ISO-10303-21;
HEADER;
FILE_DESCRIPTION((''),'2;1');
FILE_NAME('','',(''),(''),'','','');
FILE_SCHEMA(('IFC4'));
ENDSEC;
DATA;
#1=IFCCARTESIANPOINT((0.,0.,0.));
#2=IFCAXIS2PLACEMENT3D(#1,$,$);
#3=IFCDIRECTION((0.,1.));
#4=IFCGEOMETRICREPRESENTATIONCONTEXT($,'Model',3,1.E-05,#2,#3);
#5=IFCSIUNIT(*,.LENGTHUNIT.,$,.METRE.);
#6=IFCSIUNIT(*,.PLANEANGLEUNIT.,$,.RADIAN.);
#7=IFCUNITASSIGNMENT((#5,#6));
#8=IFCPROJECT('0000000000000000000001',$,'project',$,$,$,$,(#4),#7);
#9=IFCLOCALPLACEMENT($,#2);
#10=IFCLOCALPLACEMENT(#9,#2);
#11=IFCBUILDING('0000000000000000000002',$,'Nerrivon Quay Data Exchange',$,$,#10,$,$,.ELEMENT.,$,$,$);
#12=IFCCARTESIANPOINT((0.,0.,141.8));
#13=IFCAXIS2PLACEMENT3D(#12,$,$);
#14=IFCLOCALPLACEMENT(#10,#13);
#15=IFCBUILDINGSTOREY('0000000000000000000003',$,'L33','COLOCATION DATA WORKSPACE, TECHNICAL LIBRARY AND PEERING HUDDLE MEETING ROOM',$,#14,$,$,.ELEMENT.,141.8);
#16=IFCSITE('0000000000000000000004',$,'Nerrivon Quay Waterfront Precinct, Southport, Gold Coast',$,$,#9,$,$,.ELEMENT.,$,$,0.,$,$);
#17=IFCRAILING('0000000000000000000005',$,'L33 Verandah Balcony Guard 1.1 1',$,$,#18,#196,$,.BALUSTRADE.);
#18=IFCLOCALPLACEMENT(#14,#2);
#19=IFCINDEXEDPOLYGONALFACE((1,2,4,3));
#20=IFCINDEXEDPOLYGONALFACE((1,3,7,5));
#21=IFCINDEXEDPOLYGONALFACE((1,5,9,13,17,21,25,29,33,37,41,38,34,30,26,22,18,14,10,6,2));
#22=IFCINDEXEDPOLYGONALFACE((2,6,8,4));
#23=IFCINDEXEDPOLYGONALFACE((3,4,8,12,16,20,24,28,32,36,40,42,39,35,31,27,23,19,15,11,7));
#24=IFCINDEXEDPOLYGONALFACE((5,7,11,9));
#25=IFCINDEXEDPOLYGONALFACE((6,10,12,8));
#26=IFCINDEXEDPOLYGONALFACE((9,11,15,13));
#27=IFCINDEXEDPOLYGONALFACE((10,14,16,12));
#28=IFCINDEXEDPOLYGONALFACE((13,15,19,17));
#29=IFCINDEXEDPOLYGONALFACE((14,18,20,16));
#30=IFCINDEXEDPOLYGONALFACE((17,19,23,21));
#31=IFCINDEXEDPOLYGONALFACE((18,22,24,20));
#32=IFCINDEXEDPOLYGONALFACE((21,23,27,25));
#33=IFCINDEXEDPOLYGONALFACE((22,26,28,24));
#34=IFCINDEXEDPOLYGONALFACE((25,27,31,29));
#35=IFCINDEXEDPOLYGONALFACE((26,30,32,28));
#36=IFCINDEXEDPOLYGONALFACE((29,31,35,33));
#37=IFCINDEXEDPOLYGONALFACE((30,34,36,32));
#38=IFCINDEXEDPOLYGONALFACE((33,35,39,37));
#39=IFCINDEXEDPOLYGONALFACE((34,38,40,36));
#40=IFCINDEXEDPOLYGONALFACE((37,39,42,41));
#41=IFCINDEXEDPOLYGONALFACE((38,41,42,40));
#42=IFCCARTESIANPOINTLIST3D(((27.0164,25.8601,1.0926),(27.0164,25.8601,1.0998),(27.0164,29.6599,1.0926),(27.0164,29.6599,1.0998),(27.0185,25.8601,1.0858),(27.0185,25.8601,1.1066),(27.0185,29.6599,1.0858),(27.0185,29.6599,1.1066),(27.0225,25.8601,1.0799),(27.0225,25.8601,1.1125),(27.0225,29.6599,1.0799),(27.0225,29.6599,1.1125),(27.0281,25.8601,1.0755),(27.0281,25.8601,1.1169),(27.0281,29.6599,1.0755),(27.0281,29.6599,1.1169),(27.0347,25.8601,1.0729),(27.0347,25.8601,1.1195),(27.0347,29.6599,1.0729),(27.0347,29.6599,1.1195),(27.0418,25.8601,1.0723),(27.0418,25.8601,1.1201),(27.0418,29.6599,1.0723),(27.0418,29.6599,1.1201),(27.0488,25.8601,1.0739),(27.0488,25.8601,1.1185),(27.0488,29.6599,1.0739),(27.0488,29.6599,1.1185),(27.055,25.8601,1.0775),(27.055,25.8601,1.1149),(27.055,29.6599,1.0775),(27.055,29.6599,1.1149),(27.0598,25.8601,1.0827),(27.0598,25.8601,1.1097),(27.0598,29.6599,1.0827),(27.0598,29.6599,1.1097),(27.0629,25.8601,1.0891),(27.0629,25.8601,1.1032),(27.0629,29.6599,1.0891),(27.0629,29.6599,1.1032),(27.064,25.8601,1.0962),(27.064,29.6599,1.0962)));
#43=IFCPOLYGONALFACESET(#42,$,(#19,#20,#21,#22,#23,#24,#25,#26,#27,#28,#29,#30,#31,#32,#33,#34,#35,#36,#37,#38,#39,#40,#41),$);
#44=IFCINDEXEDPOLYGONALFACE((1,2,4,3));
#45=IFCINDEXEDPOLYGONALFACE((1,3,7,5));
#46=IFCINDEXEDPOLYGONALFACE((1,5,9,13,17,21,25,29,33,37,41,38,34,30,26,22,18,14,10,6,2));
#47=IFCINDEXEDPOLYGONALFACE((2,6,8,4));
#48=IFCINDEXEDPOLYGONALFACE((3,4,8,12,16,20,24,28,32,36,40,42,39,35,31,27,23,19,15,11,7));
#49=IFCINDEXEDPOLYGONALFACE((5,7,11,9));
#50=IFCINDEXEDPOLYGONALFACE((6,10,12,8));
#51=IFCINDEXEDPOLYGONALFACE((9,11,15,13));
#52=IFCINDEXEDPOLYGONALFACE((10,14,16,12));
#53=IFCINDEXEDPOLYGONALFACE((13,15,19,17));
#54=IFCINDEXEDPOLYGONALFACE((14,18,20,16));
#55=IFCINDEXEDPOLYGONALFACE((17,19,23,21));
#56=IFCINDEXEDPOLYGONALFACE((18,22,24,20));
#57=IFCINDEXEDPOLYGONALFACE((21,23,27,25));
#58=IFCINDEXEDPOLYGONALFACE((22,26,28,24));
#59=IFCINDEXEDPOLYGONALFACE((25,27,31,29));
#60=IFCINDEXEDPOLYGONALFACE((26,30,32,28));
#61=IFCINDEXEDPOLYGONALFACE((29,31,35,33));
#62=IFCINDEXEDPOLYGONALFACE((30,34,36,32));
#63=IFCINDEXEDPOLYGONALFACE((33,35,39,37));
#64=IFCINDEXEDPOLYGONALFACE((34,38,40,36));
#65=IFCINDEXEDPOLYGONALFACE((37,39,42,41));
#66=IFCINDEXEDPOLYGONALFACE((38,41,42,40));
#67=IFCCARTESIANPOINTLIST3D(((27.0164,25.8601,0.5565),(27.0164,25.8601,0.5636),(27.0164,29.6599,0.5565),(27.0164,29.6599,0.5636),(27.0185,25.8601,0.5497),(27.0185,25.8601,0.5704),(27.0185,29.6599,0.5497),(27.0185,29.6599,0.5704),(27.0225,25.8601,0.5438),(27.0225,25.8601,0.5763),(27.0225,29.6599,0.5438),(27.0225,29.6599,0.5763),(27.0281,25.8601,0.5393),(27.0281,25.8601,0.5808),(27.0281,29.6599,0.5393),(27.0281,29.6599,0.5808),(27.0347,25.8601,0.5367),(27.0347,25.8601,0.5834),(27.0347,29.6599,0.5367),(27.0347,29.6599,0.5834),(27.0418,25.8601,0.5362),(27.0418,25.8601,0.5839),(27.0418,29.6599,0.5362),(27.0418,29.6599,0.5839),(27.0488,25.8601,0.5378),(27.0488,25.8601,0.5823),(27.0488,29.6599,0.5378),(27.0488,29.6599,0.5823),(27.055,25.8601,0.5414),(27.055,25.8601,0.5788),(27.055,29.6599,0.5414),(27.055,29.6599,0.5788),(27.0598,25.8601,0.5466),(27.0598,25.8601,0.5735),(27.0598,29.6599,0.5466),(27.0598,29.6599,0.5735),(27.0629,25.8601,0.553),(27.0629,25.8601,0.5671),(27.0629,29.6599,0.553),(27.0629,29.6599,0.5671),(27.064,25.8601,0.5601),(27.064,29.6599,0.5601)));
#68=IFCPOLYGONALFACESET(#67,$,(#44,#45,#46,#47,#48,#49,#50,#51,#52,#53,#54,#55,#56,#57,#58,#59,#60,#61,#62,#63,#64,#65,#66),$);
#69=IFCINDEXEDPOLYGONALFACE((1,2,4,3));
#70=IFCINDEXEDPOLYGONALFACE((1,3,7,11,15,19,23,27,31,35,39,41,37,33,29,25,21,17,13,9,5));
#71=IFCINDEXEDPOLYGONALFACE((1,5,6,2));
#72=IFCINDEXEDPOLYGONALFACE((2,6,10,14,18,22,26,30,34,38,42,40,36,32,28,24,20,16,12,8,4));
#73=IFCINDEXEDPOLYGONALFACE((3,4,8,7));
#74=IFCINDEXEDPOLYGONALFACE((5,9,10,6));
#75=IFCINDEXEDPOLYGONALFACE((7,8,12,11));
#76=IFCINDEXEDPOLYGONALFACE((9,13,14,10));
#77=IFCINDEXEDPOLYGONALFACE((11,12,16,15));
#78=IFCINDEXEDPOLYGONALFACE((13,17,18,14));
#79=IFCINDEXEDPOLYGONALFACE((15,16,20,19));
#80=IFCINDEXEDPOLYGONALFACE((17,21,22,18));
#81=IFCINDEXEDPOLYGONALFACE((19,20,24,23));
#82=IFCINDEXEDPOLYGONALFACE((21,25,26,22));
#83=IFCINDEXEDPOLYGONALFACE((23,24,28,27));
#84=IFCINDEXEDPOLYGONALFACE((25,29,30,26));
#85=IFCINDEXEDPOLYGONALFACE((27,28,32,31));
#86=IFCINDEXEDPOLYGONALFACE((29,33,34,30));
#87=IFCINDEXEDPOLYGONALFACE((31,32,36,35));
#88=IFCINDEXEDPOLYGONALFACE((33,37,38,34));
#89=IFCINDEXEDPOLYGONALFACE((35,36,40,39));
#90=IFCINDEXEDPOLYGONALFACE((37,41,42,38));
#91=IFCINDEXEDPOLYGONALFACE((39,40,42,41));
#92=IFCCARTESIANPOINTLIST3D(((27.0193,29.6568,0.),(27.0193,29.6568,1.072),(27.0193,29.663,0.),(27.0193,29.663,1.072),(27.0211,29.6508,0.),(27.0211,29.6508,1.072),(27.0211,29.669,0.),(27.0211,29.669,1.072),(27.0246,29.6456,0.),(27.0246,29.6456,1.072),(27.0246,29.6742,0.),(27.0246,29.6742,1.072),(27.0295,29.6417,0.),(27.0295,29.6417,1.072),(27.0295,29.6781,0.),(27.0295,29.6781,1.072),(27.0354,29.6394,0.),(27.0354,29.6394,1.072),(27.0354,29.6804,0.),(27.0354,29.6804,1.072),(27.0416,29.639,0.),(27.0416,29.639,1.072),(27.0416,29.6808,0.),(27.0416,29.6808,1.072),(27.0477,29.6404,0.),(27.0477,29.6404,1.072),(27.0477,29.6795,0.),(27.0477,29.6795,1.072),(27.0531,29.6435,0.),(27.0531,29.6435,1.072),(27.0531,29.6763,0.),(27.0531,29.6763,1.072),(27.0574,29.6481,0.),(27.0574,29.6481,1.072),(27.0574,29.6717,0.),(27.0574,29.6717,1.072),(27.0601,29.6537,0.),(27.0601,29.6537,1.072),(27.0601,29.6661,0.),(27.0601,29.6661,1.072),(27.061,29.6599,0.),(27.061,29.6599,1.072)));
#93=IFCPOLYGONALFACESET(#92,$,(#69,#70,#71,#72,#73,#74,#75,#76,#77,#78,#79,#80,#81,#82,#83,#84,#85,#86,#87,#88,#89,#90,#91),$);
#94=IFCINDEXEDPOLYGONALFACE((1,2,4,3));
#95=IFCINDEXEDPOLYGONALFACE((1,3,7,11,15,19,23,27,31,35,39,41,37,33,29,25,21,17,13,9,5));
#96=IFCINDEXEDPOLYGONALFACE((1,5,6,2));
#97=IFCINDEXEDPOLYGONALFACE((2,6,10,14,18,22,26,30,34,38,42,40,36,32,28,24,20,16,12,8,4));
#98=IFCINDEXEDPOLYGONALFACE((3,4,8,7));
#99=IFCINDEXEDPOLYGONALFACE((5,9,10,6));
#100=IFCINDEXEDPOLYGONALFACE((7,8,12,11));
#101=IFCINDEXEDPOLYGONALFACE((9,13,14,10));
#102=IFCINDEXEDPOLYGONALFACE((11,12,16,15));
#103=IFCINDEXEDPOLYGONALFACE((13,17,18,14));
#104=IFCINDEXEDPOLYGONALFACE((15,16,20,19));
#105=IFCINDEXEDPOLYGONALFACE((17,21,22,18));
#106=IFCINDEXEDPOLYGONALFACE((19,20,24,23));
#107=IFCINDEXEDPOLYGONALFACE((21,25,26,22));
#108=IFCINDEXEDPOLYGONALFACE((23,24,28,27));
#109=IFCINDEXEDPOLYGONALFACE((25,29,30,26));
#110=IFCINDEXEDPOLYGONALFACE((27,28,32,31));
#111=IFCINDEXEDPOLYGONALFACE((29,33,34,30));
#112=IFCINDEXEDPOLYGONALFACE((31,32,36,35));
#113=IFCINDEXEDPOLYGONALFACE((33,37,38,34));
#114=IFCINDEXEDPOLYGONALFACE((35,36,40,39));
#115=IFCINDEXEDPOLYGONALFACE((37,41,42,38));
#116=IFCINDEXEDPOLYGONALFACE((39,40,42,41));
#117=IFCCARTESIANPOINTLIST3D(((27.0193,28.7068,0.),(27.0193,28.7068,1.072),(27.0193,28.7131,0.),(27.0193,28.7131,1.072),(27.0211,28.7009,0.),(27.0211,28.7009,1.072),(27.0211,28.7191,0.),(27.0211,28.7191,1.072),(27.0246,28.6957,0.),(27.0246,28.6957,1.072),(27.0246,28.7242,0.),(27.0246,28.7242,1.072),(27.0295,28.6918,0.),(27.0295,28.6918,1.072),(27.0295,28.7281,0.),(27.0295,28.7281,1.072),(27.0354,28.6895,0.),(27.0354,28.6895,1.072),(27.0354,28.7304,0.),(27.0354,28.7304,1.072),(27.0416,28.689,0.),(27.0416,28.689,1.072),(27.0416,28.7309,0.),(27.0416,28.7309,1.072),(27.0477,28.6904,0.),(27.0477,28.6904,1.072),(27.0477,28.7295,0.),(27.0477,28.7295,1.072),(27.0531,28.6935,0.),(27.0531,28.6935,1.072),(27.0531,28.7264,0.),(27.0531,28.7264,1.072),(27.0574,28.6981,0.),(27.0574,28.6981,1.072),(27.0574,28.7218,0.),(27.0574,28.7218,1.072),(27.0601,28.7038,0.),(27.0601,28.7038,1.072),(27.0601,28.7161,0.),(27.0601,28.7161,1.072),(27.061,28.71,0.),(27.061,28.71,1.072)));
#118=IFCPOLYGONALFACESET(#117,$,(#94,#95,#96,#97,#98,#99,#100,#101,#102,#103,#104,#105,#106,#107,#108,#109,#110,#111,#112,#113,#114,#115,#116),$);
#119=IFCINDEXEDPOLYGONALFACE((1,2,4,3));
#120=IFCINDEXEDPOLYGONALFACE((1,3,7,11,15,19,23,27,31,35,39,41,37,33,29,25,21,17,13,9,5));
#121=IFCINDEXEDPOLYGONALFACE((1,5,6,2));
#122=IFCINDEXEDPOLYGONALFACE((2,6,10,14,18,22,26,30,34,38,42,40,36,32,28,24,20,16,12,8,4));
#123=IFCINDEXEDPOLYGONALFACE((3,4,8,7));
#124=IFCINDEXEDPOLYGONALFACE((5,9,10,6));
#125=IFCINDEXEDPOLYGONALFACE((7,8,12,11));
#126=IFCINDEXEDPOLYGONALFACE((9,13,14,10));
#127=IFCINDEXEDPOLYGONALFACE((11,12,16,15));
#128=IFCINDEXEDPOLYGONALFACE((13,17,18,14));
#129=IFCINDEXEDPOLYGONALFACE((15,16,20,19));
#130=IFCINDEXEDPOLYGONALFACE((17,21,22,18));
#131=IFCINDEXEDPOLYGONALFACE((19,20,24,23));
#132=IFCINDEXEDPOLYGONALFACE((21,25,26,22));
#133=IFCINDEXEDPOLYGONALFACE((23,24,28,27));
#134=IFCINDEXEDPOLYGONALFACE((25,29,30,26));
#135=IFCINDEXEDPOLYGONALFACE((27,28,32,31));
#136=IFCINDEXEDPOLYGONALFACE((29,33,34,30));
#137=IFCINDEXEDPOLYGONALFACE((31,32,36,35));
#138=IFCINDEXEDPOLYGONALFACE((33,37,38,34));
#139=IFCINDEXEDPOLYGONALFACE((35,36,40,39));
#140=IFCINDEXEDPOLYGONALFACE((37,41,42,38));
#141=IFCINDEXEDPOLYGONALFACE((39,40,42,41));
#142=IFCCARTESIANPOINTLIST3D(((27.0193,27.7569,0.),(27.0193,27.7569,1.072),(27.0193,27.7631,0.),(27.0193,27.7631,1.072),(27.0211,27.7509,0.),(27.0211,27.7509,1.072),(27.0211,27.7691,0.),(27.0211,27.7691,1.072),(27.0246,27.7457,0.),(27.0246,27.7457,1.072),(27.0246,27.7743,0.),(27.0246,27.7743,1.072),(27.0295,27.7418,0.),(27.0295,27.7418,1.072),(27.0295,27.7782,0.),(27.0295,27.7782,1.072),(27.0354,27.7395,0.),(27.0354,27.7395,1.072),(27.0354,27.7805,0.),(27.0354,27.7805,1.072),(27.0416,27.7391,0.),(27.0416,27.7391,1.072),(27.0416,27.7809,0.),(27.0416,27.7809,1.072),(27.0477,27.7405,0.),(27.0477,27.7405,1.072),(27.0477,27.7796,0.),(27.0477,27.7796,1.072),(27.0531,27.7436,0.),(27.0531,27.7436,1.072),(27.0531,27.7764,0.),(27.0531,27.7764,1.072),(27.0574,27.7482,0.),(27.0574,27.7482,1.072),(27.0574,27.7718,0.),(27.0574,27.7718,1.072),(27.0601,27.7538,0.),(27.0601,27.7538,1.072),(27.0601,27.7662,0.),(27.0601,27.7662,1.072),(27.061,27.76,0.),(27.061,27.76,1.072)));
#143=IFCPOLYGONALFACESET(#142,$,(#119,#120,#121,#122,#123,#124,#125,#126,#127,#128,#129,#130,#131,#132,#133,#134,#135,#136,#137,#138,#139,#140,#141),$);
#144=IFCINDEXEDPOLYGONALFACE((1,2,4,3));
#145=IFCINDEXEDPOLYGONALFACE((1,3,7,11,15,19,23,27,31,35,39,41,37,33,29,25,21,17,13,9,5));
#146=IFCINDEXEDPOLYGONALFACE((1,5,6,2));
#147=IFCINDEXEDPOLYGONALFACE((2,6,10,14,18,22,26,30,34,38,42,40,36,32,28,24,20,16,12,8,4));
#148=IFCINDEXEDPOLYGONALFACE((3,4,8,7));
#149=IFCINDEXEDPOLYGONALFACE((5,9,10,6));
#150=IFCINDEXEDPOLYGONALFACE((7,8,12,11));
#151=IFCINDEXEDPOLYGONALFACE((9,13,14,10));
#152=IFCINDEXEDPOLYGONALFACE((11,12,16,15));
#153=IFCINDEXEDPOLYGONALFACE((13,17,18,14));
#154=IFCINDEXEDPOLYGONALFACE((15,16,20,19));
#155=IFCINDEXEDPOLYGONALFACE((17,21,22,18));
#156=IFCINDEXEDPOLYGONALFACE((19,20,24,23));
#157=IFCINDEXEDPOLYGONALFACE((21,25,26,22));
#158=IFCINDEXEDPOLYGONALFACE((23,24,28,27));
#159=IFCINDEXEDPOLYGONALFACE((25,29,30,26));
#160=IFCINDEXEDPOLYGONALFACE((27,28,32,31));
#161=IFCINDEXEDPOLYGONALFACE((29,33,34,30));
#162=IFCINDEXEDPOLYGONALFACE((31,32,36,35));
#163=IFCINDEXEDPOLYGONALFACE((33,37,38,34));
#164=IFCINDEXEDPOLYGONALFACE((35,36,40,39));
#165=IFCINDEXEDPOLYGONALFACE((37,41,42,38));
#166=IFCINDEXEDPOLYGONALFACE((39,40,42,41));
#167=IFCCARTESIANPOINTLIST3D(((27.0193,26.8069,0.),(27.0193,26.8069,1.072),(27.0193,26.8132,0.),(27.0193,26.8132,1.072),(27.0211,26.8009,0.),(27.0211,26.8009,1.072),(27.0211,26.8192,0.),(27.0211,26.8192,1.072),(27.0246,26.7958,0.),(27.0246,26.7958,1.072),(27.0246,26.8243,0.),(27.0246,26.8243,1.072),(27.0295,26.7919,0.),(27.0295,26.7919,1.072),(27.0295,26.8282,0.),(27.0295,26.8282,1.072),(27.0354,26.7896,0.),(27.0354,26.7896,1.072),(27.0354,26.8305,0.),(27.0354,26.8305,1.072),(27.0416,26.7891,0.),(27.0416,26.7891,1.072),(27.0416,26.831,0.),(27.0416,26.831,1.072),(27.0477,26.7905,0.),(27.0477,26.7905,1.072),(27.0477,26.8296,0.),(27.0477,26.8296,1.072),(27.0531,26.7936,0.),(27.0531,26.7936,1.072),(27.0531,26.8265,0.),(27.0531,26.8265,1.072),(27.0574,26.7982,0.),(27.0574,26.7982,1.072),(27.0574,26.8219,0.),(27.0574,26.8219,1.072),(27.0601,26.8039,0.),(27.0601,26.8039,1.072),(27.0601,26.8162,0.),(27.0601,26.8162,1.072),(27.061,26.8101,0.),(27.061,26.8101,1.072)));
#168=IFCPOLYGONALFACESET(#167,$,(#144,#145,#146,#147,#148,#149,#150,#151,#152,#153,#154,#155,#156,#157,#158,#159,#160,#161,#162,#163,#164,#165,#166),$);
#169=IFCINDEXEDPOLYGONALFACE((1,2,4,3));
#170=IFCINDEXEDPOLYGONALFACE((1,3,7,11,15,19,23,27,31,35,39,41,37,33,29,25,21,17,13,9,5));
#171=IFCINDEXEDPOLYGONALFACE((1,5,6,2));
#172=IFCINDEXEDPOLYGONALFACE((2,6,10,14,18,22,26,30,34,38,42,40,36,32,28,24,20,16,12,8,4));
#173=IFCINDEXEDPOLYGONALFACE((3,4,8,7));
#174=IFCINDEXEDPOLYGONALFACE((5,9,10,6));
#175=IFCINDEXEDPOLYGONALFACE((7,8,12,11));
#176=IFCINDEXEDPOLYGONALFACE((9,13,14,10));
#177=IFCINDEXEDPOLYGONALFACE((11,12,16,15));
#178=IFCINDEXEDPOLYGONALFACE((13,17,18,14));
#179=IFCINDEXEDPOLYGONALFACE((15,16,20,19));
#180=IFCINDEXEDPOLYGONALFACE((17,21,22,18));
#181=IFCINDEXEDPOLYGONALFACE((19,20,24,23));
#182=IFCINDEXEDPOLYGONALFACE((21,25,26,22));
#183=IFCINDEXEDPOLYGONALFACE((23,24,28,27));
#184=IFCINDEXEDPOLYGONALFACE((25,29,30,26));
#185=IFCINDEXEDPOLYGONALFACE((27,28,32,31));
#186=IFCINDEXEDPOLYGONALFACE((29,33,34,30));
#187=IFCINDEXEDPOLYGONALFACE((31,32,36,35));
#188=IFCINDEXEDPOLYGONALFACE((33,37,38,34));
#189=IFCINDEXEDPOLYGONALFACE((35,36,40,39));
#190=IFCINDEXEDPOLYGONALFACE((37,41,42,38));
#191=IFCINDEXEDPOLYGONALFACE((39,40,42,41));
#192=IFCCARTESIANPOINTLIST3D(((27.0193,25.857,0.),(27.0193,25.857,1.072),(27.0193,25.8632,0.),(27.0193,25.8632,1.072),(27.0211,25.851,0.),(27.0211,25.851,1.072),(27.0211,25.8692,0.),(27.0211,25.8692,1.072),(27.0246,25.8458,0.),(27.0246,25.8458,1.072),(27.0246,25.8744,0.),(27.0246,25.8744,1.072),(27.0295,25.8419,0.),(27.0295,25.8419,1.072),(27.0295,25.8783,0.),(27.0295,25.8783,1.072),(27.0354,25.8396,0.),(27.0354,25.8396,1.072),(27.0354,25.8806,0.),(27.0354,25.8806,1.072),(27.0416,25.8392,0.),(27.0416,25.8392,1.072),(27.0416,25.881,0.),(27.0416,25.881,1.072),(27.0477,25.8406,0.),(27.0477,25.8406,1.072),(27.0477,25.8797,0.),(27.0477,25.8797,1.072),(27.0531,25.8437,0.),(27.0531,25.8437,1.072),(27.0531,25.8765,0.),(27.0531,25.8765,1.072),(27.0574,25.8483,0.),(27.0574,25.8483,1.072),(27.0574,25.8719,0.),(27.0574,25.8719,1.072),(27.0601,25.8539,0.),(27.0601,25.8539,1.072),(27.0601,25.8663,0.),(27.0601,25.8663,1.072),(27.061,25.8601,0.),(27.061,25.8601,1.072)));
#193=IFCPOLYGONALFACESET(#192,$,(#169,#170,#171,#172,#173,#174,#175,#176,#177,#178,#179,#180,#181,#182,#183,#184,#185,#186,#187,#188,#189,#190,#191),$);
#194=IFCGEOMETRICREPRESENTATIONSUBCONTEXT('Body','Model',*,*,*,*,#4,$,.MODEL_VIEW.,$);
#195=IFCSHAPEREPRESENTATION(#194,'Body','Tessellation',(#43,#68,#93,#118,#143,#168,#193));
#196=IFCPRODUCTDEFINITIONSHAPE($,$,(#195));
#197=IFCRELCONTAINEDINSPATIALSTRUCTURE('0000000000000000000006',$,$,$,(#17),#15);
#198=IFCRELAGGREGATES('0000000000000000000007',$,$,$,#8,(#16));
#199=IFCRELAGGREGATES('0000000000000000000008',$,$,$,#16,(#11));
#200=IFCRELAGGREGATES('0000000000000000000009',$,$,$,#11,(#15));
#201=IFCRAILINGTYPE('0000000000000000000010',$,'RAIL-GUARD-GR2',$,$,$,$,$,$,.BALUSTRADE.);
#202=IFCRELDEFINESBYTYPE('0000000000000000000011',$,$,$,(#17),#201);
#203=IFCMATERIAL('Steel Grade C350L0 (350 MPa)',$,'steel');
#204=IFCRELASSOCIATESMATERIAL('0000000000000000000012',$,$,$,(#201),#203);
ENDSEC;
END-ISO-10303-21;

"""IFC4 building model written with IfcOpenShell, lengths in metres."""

from ifc_helpers import new_model, si_unit, direction, frame, origin, origin_2d, place, context, subcontext, project, spatial, circle, extrude, material, type_object, element, save


model = new_model("IFC4")

# Units and contexts
model_context = context("Model", 3, precision=1e-05, world=origin(), true_north=direction((0.0, 1.0)))
body_context = subcontext(model_context, "Body", "Model", "MODEL_VIEW")
ifc_project = project(units=[si_unit("LENGTHUNIT", "METRE"), si_unit("PLANEANGLEUNIT", "RADIAN")], contexts=[model_context])

# Site, building, storey
site_placement = place(None, origin())
site = spatial("IfcSite", under=ifc_project, at=site_placement, Name="Nerrivon Quay Waterfront Precinct, Southport, Gold Coast", CompositionType="ELEMENT", RefElevation=0.0)
building_placement = place(site_placement, origin())
building = spatial("IfcBuilding", under=site, at=building_placement, Name="Nerrivon Quay Data Exchange", CompositionType="ELEMENT")
storey_placement = place(building_placement, frame((0.0, 0.0, 141.8)))
storey = spatial("IfcBuildingStorey", under=building, at=storey_placement, Name="L33", Description="COLOCATION DATA WORKSPACE, TECHNICAL LIBRARY AND PEERING HUDDLE MEETING ROOM", CompositionType="ELEMENT", Elevation=141.8)

# Railing
ifc_material_1 = material(Name="Steel Grade C350L0 (350 MPa)", Category="steel")
railing_type = type_object("IfcRailingType", Name="RAIL-GUARD-GR2", PredefinedType="BALUSTRADE", material=ifc_material_1)
railing_1_placement = place(storey_placement, frame((27.04, 29.6599, 0.0)))
element("IfcRailing", 1, at=railing_1_placement, inside=storey, type_object=railing_type, Name="L33 Verandah Balcony Guard 1.1 1", PredefinedType="BALUSTRADE", context=body_context, shape_type="SweptSolid", body=[
    extrude(circle(Radius=0.0239, at=origin_2d()), frame((0.0, 0.0, 1.0962), z_axis=(0.0, -1.0, 0.0), x_axis=(1.0, 0.0, 0.0)), (0.0, 0.0, 1.0), 3.7998),
    extrude(circle(Radius=0.0239, at=origin_2d()), frame((0.0, 0.0, 0.5601), z_axis=(0.0, -1.0, 0.0), x_axis=(1.0, 0.0, 0.0)), (0.0, 0.0, 1.0), 3.7998),
    extrude(circle(Radius=0.021, at=origin_2d()), origin(), (0.0, 0.0, 1.0), 1.072),
    extrude(circle(Radius=0.021, at=origin_2d()), frame((0.0, -0.95, 0.0)), (0.0, 0.0, 1.0), 1.072),
    extrude(circle(Radius=0.021, at=origin_2d()), frame((0.0, -1.8999, 0.0)), (0.0, 0.0, 1.0), 1.072),
    extrude(circle(Radius=0.021, at=origin_2d()), frame((0.0, -2.8499, 0.0)), (0.0, 0.0, 1.0), 1.072),
    extrude(circle(Radius=0.021, at=origin_2d()), frame((0.0, -3.7998, 0.0)), (0.0, 0.0, 1.0), 1.072),
])

save(model, "model.ifc")
